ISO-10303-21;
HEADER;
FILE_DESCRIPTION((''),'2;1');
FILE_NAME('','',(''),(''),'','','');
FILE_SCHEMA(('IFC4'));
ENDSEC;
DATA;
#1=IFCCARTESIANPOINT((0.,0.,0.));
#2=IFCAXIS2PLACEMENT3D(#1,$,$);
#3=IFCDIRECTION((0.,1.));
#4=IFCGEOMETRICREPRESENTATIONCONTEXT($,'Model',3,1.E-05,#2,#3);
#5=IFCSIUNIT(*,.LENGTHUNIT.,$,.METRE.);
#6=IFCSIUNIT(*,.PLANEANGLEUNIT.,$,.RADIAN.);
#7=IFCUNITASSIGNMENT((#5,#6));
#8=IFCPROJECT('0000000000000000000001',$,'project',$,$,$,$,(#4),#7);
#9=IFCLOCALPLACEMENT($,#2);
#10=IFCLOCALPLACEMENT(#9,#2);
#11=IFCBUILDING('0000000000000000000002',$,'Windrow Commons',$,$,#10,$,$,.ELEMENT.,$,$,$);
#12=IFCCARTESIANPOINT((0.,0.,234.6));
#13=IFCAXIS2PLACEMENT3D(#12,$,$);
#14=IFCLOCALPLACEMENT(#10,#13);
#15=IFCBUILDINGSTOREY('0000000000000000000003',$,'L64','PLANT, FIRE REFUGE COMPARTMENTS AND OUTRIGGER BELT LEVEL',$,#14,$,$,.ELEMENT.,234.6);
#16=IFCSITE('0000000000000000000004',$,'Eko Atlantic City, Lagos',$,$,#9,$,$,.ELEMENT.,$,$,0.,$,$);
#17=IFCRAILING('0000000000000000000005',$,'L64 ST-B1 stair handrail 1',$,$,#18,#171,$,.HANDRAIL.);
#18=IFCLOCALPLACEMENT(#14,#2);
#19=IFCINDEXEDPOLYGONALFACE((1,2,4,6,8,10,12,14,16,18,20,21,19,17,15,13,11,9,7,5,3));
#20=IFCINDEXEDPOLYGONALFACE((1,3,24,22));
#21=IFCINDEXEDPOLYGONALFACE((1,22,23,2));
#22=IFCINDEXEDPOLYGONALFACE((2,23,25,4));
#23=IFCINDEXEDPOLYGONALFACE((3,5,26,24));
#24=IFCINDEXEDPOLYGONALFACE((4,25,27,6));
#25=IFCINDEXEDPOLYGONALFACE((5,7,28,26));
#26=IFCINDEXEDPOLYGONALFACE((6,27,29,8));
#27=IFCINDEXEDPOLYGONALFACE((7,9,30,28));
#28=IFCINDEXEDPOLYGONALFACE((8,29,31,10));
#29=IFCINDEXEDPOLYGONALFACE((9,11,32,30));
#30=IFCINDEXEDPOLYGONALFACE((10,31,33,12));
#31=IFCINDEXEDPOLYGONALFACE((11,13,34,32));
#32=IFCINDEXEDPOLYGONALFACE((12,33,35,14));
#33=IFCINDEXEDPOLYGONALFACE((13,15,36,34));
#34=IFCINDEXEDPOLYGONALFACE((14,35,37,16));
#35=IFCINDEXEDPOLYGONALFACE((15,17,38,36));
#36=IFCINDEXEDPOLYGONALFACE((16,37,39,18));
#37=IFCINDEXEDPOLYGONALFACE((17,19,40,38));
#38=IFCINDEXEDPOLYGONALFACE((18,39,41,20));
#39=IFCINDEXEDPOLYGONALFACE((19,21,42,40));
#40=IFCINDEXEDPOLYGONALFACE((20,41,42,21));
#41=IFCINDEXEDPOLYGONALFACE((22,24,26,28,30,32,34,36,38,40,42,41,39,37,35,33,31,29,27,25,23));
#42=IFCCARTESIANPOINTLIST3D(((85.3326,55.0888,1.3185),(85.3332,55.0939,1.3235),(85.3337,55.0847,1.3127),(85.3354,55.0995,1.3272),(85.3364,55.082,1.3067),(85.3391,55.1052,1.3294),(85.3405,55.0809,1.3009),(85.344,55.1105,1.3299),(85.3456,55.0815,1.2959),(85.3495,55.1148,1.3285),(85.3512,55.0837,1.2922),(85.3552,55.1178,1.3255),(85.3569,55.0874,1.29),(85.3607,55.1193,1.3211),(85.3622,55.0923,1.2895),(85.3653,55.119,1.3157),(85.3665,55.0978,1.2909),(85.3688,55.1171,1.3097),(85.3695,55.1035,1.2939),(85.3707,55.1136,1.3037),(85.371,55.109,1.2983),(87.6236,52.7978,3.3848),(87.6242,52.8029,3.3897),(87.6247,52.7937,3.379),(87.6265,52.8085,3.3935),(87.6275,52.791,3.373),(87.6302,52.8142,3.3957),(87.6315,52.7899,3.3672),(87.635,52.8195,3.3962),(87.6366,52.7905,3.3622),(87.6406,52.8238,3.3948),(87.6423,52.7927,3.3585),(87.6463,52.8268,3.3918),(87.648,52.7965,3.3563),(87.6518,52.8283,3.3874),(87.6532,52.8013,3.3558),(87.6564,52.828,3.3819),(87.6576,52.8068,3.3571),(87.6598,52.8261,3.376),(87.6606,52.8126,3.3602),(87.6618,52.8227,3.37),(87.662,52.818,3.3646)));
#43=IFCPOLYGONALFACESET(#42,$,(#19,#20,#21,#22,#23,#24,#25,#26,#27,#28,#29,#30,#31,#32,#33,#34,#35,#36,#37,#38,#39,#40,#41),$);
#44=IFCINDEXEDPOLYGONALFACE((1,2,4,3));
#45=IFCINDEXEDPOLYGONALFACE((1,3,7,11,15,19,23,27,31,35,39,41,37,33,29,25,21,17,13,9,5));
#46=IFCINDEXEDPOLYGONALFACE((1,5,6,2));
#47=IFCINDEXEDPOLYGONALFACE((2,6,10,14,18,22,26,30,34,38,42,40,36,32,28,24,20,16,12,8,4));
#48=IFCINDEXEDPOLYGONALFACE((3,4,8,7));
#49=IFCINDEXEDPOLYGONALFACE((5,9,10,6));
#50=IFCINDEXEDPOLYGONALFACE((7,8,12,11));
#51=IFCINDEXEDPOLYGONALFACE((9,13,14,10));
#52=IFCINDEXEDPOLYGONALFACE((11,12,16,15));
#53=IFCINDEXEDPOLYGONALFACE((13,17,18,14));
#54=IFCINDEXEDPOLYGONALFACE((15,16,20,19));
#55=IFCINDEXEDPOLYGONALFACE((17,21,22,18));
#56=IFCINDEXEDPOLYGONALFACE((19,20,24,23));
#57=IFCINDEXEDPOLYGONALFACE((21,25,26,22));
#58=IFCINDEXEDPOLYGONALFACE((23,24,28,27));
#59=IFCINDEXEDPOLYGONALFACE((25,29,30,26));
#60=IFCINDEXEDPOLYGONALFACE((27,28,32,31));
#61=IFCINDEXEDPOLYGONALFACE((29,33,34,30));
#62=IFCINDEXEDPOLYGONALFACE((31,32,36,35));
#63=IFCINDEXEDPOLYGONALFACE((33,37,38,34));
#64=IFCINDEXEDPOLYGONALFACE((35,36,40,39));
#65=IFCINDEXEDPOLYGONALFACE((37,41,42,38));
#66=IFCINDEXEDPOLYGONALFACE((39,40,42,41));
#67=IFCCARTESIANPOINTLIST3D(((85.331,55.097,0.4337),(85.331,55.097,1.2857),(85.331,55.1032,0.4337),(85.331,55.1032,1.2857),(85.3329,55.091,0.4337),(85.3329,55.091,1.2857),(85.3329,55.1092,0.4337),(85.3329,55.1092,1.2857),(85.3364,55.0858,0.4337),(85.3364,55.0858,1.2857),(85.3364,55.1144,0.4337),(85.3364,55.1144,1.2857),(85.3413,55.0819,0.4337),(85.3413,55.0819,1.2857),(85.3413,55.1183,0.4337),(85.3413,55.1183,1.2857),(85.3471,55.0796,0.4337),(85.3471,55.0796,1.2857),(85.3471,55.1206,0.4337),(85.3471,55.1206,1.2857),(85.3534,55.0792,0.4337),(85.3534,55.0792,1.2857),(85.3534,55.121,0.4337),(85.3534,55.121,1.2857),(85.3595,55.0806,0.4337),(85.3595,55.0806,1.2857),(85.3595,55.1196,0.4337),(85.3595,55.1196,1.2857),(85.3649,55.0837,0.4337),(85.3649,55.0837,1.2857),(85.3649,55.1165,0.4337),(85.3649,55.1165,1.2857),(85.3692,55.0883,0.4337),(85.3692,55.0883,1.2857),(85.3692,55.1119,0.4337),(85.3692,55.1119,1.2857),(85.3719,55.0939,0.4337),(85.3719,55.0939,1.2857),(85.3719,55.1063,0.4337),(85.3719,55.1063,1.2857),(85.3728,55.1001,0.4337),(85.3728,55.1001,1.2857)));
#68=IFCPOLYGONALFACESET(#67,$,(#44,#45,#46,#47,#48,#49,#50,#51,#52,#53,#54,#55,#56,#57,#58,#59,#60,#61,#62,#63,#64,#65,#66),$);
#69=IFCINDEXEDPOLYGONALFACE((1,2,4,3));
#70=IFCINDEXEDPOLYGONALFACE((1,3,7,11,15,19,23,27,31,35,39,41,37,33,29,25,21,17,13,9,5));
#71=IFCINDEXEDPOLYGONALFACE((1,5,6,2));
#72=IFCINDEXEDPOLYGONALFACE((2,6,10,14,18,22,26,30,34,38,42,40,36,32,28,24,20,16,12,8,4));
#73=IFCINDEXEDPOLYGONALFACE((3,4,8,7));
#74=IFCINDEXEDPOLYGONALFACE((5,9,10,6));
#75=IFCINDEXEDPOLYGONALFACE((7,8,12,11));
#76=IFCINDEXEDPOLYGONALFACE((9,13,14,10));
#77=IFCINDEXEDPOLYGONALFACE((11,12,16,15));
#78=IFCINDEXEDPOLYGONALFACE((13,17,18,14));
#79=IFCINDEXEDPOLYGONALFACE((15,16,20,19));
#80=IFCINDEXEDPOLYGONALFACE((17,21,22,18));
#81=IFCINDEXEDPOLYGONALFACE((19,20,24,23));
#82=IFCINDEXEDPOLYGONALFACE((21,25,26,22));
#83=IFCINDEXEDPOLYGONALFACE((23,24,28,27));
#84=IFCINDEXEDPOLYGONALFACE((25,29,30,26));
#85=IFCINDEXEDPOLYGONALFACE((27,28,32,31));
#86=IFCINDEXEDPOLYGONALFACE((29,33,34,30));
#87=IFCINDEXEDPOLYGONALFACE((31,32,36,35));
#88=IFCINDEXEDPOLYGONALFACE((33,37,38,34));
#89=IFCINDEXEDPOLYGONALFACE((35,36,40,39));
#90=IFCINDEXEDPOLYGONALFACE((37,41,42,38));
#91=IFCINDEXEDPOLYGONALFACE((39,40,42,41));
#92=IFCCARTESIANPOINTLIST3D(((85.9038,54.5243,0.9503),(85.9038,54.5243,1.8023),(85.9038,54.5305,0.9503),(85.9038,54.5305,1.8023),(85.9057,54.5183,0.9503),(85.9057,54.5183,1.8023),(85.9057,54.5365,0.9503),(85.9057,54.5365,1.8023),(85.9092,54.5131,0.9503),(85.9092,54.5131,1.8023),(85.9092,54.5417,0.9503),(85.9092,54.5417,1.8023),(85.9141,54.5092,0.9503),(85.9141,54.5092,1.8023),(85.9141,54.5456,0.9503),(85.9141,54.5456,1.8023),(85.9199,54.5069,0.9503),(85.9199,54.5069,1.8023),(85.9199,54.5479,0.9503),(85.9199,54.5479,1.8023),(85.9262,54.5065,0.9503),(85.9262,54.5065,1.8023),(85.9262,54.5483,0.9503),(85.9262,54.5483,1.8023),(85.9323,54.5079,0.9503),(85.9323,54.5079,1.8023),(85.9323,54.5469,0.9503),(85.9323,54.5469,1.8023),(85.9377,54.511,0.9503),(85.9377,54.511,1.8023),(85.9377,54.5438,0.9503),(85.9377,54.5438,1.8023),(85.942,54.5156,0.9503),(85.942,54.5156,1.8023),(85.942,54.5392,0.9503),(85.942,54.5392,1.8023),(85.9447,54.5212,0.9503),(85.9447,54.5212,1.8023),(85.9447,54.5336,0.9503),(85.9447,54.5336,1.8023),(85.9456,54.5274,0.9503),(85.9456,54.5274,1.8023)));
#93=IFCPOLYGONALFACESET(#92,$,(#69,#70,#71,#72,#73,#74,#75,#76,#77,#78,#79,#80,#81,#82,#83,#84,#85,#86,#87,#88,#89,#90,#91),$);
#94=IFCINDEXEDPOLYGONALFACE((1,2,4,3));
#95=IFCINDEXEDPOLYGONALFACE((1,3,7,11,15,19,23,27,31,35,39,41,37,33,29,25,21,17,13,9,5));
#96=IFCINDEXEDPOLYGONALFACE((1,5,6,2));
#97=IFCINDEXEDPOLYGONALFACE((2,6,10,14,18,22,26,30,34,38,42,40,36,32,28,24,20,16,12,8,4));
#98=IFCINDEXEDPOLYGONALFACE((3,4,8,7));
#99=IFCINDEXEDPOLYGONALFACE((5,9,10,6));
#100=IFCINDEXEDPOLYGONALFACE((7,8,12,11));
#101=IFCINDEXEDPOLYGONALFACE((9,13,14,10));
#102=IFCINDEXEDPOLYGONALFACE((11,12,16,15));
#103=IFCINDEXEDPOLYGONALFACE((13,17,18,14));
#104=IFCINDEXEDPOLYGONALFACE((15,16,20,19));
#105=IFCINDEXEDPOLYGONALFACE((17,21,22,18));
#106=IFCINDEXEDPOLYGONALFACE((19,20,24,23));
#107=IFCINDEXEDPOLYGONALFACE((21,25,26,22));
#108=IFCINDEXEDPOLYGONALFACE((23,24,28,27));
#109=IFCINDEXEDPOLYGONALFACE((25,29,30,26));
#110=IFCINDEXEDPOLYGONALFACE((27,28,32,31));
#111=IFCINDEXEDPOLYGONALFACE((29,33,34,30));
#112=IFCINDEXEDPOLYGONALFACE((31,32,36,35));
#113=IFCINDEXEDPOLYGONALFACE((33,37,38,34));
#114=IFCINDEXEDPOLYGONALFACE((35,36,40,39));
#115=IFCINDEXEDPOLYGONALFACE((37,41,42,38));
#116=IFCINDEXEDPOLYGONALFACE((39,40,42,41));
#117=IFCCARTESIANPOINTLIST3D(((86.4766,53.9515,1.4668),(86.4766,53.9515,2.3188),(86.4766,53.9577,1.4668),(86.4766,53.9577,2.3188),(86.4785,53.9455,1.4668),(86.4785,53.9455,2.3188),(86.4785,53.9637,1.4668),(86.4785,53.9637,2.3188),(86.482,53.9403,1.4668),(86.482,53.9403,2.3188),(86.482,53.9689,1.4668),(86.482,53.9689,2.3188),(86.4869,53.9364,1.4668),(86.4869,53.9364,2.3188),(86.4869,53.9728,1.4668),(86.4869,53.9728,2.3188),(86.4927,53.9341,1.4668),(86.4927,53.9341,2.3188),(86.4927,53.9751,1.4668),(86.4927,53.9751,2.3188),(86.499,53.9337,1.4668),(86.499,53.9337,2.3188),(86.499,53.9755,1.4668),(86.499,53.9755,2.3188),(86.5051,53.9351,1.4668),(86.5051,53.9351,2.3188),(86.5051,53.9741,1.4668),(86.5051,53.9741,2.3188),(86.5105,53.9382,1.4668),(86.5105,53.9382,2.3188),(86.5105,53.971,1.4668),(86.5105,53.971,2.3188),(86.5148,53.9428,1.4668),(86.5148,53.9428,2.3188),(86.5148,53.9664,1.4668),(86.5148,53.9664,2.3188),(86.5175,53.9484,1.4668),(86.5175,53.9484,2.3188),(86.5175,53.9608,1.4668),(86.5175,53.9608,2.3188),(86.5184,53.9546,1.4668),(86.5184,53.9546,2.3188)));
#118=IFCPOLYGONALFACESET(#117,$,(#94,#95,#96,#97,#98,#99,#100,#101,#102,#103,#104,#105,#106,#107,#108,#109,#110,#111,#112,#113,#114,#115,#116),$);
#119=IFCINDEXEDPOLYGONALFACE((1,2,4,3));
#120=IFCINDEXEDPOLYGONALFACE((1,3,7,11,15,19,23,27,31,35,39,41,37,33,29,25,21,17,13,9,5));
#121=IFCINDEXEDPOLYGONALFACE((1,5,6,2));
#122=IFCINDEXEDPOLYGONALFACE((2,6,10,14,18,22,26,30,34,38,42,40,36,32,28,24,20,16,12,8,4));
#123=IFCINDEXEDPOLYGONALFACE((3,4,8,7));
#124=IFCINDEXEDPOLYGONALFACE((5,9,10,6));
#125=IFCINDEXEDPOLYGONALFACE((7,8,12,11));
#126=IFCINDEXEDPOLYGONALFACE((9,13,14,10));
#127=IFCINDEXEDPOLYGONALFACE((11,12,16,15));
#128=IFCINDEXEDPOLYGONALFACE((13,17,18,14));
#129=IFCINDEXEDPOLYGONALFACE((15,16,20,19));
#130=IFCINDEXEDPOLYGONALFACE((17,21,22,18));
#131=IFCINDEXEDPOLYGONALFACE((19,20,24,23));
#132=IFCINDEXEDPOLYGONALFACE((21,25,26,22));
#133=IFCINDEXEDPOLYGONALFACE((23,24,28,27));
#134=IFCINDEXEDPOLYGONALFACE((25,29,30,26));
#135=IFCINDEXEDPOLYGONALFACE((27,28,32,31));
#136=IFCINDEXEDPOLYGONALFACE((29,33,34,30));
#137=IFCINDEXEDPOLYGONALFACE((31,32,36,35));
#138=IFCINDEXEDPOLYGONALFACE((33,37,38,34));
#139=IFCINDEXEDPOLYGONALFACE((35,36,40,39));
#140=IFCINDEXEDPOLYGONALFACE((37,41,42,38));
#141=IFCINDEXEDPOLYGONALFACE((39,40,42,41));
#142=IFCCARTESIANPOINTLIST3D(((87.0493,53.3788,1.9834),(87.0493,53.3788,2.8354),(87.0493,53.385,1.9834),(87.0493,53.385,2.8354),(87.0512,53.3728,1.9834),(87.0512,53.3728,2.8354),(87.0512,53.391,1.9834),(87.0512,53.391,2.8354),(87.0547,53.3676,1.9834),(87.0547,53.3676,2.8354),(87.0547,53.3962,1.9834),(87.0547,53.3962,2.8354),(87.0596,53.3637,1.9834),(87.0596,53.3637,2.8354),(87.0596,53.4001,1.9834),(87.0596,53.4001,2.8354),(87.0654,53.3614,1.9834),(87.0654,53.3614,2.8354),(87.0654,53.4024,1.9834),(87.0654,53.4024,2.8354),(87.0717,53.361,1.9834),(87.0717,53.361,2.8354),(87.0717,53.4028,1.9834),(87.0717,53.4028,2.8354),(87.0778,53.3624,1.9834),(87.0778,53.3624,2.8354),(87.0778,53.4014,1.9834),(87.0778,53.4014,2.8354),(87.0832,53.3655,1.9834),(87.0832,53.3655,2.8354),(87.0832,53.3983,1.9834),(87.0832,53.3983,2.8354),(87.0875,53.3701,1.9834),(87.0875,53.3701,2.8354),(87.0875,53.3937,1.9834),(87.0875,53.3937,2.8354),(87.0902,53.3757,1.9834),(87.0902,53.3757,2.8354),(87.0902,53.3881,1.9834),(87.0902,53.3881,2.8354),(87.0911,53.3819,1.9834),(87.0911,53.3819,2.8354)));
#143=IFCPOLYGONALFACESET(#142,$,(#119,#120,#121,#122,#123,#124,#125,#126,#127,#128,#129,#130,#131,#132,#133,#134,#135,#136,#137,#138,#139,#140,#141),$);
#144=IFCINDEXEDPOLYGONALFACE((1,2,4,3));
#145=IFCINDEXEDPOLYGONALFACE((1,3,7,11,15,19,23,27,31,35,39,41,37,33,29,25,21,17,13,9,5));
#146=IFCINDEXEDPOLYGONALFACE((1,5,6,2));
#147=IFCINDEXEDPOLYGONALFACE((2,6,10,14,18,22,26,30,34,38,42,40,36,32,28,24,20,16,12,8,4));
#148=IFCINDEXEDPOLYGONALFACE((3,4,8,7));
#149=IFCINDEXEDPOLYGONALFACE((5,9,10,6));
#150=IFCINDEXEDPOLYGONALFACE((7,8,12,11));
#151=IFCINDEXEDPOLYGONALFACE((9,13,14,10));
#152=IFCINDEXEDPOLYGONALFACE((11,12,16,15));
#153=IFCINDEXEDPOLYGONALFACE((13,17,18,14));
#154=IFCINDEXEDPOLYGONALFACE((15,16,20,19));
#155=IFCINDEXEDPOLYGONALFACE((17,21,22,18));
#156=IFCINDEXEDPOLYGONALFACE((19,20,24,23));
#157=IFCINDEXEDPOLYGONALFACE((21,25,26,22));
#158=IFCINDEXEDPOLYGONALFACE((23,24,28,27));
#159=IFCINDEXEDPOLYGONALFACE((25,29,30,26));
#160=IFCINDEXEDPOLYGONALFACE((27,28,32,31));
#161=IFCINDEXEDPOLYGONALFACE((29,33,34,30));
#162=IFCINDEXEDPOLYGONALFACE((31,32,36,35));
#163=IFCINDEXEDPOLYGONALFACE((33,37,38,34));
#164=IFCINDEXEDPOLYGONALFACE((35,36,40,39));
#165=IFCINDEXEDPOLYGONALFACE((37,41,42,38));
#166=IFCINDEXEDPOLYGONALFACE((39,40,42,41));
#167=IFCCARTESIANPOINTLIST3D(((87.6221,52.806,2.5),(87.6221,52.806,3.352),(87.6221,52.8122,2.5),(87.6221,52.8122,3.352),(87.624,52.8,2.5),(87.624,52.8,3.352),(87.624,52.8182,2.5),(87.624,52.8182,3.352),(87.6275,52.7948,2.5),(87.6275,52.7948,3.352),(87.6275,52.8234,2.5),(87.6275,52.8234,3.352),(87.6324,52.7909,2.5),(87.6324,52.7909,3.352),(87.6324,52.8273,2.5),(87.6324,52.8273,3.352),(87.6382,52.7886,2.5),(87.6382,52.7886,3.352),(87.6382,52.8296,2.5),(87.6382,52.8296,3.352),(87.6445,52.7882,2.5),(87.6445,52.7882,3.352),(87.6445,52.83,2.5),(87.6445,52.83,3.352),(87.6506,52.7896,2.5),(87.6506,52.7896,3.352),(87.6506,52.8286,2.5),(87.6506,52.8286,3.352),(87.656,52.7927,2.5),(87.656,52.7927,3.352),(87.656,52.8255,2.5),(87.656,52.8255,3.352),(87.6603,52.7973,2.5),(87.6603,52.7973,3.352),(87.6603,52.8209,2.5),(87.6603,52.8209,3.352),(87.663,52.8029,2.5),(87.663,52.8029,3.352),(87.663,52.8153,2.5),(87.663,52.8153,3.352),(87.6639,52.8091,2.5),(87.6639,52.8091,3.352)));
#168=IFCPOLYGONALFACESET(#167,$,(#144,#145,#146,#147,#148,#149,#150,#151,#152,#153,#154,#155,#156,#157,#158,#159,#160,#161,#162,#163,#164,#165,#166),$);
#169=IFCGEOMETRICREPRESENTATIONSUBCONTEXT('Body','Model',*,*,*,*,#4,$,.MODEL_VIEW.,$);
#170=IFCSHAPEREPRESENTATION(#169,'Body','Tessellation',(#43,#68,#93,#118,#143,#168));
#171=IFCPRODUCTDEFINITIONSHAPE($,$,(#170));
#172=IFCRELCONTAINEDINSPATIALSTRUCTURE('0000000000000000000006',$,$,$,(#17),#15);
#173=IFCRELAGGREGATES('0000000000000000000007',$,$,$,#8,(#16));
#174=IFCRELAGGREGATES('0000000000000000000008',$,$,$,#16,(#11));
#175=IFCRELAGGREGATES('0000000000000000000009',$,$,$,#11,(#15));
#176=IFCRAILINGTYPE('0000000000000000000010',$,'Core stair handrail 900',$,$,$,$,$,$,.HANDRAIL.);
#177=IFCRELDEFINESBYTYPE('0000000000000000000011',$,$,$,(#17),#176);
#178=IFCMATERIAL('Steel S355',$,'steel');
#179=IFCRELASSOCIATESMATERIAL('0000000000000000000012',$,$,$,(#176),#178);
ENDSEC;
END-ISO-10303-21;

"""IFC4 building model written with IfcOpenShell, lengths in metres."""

from ifc_helpers import new_model, si_unit, direction, frame, origin, origin_2d, place, context, subcontext, project, spatial, circle, extrude, material, type_object, element, save


model = new_model("IFC4")

# Units and contexts
model_context = context("Model", 3, precision=1e-05, world=origin(), true_north=direction((0.0, 1.0)))
body_context = subcontext(model_context, "Body", "Model", "MODEL_VIEW")
ifc_project = project(units=[si_unit("LENGTHUNIT", "METRE"), si_unit("PLANEANGLEUNIT", "RADIAN")], contexts=[model_context])

# Site, building, storey
site_placement = place(None, origin())
site = spatial("IfcSite", under=ifc_project, at=site_placement, Name="Eko Atlantic City, Lagos", CompositionType="ELEMENT", RefElevation=0.0)
building_placement = place(site_placement, origin())
building = spatial("IfcBuilding", under=site, at=building_placement, Name="Windrow Commons", CompositionType="ELEMENT")
storey_placement = place(building_placement, frame((0.0, 0.0, 234.6)))
storey = spatial("IfcBuildingStorey", under=building, at=storey_placement, Name="L64", Description="PLANT, FIRE REFUGE COMPARTMENTS AND OUTRIGGER BELT LEVEL", CompositionType="ELEMENT", Elevation=234.6)

# Railing
ifc_material_1 = material(Name="Steel S355", Category="steel")
railing_type_1 = type_object("IfcRailingType", Name="Core stair handrail 900", PredefinedType="HANDRAIL", material=ifc_material_1)
railing_1_placement = place(storey_placement, frame((85.3518, 55.1001, 0.4337)))
element("IfcRailing", 1, at=railing_1_placement, inside=storey, type_object=railing_type_1, Name="L64 ST-B1 stair handrail 1", PredefinedType="HANDRAIL", context=body_context, shape_type="SweptSolid", body=[
    extrude(circle(Radius=0.024, at=origin_2d()), frame((0.0, 0.0, 0.876), z_axis=(0.5962, -0.596174, 0.537701), x_axis=(0.707091, 0.707122, 0.0)), (0.0, 0.0, 1.0), 3.8428),
    extrude(circle(Radius=0.021, at=origin_2d()), origin(), (0.0, 0.0, 1.0), 0.852),
    extrude(circle(Radius=0.021, at=origin_2d()), frame((0.5728, -0.5727, 0.5166)), (0.0, 0.0, 1.0), 0.852),
    extrude(circle(Radius=0.021, at=origin_2d()), frame((1.1456, -1.1455, 1.0331)), (0.0, 0.0, 1.0), 0.852),
    extrude(circle(Radius=0.021, at=origin_2d()), frame((1.7183, -1.7182, 1.5497)), (0.0, 0.0, 1.0), 0.852),
    extrude(circle(Radius=0.021, at=origin_2d()), frame((2.2911, -2.291, 2.0663)), (0.0, 0.0, 1.0), 0.852),
])

save(model, "model.ifc")
